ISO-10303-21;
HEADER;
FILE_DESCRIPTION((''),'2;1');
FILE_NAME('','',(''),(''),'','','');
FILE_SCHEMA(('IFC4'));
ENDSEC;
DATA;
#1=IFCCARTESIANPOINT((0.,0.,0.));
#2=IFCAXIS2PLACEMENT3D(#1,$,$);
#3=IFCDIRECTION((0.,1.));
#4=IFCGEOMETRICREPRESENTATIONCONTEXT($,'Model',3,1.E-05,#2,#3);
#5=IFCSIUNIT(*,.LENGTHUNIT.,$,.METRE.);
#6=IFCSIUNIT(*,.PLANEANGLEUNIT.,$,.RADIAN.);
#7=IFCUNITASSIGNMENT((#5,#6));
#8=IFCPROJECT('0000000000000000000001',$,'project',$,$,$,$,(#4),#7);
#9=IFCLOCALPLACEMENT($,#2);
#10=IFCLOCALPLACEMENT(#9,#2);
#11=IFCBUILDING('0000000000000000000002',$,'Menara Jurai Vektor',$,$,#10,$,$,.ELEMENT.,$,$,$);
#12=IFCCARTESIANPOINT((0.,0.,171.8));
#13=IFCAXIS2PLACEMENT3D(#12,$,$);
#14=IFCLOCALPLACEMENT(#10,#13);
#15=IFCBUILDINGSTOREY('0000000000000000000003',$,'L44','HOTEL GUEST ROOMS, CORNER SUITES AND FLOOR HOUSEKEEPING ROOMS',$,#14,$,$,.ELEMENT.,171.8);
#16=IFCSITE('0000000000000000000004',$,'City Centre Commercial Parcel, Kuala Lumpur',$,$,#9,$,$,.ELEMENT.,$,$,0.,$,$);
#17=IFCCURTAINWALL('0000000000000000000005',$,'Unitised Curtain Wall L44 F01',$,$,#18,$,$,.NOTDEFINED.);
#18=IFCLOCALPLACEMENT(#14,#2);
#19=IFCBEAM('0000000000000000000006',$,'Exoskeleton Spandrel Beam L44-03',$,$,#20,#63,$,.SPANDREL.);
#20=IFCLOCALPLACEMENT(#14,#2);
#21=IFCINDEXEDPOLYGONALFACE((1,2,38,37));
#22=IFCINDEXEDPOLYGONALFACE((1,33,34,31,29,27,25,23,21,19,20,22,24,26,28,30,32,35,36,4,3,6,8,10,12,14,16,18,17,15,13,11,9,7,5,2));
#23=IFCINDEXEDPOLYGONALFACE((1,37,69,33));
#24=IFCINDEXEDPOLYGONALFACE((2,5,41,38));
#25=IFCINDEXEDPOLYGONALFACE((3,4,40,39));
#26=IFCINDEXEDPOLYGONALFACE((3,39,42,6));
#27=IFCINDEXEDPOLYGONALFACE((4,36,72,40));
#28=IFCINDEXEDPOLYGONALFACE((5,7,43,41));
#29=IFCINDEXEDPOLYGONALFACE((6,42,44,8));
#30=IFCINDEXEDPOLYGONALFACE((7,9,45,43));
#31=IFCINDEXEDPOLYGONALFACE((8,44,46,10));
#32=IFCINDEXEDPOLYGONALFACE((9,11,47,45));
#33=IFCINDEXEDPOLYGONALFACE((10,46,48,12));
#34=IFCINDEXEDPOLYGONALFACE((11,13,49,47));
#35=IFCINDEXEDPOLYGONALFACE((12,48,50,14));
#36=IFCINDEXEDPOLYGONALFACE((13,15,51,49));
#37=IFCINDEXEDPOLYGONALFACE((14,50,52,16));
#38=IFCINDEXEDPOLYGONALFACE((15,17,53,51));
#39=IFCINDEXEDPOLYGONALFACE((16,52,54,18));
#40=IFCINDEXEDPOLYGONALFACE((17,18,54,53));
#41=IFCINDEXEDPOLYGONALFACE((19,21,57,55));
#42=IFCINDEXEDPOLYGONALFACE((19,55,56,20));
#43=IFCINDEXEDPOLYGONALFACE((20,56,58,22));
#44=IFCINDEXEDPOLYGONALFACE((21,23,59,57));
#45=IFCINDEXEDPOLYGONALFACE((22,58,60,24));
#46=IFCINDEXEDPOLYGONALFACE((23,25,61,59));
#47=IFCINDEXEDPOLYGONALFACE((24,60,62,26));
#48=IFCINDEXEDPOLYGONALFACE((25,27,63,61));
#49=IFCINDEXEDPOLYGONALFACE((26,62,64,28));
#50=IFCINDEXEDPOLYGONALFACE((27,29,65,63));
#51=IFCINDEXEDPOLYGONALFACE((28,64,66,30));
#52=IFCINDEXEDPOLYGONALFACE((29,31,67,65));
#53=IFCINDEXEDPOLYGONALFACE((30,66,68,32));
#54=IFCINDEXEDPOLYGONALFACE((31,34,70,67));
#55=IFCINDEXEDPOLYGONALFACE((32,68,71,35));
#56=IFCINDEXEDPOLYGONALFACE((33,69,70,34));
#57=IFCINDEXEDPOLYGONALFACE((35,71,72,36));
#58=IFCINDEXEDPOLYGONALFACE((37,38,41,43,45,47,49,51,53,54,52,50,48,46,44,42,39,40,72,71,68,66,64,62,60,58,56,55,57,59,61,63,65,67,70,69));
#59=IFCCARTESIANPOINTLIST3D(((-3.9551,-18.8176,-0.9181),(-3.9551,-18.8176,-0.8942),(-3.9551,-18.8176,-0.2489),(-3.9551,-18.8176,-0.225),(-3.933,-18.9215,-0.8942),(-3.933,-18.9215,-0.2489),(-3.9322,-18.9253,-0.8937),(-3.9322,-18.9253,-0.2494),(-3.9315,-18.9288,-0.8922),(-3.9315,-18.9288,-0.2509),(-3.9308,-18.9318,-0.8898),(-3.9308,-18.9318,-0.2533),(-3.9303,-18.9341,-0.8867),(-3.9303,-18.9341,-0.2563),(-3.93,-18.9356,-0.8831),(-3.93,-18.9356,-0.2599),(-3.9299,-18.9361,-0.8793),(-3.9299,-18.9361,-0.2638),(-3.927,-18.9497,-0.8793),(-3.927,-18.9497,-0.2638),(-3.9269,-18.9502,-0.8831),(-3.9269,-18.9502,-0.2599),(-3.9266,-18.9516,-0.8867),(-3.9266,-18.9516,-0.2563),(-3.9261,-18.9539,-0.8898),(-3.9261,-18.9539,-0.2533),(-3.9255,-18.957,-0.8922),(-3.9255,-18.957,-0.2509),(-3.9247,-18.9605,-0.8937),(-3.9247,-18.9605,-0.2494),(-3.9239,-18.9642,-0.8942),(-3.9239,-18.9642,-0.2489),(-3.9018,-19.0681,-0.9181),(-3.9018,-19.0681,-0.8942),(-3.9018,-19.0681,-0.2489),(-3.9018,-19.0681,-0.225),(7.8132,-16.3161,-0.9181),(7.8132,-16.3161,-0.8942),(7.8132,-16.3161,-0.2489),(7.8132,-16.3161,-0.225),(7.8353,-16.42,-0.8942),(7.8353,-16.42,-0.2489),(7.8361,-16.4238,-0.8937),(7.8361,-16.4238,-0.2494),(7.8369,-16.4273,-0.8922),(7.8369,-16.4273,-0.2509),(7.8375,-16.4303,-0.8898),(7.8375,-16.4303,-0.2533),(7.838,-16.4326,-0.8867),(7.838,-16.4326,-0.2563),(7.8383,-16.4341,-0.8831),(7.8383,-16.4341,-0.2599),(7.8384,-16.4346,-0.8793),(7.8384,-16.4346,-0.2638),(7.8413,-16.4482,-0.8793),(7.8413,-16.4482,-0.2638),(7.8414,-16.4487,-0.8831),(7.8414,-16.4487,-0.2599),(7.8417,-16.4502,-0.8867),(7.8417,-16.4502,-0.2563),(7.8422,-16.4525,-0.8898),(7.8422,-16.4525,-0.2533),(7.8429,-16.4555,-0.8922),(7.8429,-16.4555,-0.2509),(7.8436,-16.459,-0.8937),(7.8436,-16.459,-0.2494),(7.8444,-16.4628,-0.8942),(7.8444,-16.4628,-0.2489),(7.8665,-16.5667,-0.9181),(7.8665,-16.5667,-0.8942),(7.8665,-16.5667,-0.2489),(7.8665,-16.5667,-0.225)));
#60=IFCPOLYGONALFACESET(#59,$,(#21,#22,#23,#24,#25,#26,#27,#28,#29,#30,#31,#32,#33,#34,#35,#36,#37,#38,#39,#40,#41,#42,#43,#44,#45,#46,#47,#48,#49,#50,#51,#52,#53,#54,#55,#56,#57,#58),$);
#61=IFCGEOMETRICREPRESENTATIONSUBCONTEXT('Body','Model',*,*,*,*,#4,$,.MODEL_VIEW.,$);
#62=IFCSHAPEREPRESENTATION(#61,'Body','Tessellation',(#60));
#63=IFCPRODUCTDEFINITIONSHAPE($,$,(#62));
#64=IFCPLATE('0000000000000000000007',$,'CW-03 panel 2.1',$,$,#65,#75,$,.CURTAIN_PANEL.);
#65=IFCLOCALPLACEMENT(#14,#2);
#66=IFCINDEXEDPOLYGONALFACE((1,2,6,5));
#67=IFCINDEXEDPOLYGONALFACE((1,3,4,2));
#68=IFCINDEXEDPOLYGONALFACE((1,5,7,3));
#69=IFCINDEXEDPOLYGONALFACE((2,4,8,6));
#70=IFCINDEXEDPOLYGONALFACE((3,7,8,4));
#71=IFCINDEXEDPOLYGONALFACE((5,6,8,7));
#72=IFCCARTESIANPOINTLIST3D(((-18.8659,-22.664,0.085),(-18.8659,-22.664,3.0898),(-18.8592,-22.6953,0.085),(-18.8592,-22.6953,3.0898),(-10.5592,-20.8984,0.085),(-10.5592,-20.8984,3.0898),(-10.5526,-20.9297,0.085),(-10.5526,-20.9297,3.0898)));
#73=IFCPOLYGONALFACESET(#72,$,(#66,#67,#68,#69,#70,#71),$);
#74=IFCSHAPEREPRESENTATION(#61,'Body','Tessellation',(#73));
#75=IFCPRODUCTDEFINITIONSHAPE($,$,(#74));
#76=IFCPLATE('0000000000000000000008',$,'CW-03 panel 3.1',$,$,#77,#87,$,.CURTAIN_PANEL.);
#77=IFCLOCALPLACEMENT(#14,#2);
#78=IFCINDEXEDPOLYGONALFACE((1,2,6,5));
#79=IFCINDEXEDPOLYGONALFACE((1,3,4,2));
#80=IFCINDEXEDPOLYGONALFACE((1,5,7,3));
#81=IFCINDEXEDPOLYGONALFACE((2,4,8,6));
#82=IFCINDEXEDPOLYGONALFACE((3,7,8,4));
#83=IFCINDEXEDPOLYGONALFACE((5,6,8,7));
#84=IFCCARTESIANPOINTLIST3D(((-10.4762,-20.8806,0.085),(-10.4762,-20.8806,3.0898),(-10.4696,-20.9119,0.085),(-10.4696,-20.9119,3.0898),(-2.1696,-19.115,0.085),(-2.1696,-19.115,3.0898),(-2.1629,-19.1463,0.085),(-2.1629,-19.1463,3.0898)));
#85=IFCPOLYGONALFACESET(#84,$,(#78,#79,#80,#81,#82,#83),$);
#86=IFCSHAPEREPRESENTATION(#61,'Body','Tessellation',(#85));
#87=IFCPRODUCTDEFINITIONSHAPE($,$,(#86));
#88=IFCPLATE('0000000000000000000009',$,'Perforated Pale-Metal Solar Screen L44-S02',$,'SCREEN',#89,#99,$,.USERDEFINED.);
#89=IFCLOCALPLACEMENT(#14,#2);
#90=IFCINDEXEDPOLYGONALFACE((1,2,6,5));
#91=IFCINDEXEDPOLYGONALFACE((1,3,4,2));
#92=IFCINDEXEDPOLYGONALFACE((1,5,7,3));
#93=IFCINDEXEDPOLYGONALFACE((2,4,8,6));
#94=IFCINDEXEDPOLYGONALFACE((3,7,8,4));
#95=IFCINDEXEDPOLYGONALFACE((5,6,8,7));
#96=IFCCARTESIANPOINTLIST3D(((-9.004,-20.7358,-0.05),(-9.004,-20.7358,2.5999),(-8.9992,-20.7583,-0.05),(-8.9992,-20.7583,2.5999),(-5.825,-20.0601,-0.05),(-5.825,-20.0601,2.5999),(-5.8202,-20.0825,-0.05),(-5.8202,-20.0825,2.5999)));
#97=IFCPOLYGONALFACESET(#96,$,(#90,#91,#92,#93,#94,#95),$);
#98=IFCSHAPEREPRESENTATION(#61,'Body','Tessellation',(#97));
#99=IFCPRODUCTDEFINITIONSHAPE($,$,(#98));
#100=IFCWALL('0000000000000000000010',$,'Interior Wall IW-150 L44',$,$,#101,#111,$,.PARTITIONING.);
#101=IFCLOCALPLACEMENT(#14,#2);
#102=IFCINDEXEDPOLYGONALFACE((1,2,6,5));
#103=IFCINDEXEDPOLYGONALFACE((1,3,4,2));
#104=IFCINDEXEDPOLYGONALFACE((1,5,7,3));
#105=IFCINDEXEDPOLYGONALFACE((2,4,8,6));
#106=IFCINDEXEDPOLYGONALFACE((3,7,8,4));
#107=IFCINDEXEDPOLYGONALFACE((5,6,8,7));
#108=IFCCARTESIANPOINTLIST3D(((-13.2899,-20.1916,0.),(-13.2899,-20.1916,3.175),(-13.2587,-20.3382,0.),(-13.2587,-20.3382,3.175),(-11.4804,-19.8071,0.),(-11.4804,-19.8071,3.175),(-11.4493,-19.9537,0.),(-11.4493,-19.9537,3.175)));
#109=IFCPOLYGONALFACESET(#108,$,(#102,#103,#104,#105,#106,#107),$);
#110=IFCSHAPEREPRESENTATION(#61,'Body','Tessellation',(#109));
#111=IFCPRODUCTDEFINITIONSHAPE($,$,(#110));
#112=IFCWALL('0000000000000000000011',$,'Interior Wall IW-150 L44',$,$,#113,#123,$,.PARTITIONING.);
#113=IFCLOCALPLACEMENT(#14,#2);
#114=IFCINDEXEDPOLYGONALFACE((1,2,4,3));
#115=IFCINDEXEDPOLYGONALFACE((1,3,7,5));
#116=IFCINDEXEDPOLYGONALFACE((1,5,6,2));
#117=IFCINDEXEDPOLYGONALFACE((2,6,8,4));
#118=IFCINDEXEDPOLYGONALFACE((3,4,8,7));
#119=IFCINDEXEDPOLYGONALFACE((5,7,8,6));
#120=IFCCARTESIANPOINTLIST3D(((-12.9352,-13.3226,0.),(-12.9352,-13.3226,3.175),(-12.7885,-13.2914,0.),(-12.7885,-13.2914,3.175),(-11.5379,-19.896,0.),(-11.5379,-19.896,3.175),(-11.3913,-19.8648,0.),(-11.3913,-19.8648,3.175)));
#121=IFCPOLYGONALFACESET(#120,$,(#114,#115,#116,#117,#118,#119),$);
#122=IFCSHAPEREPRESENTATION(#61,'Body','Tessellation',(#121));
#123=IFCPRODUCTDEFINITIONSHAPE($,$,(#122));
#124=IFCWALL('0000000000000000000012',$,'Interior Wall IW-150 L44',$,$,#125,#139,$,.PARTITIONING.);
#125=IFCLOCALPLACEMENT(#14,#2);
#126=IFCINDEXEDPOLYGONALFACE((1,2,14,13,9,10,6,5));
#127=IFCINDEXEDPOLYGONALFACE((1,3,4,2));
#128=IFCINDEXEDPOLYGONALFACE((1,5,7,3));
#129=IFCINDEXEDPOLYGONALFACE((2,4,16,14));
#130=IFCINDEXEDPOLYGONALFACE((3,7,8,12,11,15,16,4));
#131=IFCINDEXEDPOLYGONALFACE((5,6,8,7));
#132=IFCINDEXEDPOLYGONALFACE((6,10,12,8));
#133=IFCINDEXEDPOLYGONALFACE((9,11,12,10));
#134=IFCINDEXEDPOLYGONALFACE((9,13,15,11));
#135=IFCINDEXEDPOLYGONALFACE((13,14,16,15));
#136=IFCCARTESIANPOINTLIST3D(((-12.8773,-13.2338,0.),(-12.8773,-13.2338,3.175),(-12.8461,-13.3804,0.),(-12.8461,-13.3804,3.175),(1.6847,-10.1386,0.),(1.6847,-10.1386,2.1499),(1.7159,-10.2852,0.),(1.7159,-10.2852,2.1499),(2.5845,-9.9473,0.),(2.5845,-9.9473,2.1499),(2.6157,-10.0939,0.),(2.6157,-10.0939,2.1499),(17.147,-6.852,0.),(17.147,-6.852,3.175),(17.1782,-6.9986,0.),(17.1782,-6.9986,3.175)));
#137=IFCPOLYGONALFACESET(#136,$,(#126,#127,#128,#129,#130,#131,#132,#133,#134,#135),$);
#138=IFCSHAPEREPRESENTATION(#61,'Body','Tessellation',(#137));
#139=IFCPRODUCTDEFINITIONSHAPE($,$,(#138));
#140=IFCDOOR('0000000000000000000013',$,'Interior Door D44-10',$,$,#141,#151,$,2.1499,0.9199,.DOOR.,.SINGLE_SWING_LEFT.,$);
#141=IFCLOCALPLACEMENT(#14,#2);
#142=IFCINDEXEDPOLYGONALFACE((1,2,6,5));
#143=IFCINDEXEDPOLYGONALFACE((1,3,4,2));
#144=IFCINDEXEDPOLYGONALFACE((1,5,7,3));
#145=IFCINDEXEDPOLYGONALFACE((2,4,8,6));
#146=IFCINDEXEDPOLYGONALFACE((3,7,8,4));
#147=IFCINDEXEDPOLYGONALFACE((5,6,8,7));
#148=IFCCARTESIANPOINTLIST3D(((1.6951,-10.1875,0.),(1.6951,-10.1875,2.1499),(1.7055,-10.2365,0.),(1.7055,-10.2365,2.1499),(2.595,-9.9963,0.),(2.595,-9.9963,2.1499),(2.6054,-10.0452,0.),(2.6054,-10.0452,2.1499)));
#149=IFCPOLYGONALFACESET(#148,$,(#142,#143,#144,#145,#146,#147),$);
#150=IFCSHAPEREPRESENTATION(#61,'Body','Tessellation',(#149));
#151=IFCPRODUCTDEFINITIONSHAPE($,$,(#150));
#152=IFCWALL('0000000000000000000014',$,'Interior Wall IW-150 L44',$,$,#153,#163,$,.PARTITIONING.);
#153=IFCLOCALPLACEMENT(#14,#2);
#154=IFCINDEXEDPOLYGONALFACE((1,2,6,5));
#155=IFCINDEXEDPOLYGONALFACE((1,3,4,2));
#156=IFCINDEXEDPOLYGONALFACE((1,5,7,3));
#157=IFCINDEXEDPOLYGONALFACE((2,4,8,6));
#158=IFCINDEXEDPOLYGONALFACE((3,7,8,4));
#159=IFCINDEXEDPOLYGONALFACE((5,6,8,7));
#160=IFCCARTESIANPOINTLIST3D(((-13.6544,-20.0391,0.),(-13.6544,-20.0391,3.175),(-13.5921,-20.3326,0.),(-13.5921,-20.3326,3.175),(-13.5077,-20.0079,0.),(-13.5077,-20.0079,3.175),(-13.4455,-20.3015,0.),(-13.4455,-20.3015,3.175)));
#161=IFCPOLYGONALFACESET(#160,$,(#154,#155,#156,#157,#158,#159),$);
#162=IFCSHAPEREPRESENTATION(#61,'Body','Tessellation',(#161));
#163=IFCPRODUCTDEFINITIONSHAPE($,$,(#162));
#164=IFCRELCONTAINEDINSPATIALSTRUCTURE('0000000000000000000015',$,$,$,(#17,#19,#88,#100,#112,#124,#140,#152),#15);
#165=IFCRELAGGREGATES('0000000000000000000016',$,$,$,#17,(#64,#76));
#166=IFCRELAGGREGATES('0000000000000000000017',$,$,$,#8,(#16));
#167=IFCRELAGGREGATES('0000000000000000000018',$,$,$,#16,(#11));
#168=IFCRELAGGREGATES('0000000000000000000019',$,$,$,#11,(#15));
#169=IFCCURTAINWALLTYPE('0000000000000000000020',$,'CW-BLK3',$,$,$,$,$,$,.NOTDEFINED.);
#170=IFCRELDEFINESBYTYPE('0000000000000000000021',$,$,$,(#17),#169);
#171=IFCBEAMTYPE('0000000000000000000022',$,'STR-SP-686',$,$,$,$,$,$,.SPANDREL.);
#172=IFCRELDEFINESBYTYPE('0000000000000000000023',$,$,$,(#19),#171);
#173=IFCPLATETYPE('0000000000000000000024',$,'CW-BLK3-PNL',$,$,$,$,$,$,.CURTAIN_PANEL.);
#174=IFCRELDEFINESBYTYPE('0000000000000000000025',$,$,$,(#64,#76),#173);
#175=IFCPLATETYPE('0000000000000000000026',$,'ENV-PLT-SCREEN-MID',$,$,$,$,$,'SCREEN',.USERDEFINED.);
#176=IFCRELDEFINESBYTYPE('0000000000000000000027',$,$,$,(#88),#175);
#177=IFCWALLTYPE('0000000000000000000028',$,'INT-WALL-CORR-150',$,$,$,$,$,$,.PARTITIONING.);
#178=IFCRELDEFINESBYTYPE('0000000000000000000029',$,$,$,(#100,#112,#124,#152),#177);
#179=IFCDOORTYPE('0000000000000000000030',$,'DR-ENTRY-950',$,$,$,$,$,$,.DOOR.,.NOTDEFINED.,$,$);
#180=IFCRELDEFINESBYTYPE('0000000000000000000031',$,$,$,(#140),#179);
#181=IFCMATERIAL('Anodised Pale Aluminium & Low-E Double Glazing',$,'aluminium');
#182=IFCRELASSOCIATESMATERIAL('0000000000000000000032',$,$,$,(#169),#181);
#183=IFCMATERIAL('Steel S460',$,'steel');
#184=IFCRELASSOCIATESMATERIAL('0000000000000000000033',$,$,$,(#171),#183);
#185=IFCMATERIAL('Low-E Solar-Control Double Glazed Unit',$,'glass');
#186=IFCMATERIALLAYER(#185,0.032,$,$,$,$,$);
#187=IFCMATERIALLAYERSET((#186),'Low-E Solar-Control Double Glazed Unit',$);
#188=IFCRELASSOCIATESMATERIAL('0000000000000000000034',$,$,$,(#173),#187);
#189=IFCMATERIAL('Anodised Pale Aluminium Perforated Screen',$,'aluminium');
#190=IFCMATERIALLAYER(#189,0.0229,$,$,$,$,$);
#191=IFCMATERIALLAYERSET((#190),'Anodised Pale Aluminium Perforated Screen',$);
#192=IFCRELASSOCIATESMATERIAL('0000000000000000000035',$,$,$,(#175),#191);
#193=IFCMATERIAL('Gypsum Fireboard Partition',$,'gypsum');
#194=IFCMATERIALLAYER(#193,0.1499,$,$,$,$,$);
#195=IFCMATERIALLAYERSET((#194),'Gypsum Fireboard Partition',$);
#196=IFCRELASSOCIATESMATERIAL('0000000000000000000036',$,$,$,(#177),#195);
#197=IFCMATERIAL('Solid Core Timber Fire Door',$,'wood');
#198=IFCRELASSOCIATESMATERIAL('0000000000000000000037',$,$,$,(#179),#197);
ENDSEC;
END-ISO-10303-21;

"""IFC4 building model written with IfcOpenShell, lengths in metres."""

from ifc_helpers import new_model, si_unit, direction, frame, frame_2d, origin, origin_2d, place, context, subcontext, project, spatial, rectangle, i_section, extrude, material, layer, layer_set, material_profile, profile_set, type_object, element, fill, aggregate, save


model = new_model("IFC4")

# Units and contexts
model_context = context("Model", 3, precision=1e-05, world=origin(), true_north=direction((0.0, 1.0)))
body_context = subcontext(model_context, "Body", "Model", "MODEL_VIEW")
ifc_project = project(units=[si_unit("LENGTHUNIT", "METRE"), si_unit("PLANEANGLEUNIT", "RADIAN")], contexts=[model_context])

# Site, building, storey
site_placement = place(None, origin())
site = spatial("IfcSite", under=ifc_project, at=site_placement, Name="City Centre Commercial Parcel, Kuala Lumpur", CompositionType="ELEMENT", RefElevation=0.0)
building_placement = place(site_placement, origin())
building = spatial("IfcBuilding", under=site, at=building_placement, Name="Menara Jurai Vektor", CompositionType="ELEMENT")
storey_placement = place(building_placement, frame((0.0, 0.0, 171.8)))
storey = spatial("IfcBuildingStorey", under=building, at=storey_placement, Name="L44", Description="HOTEL GUEST ROOMS, CORNER SUITES AND FLOOR HOUSEKEEPING ROOMS", CompositionType="ELEMENT", Elevation=171.8)

# Shared definitions
ifc_material_1 = material(Name="Steel S460", Category="steel")

# Curtain wall
ifc_material_2 = material(Name="Anodised Pale Aluminium & Low-E Double Glazing", Category="aluminium")
curtain_wall_type = type_object("IfcCurtainWallType", Name="CW-BLK3", PredefinedType="NOTDEFINED", material=ifc_material_2)
curtain_wall_placement = place(storey_placement, origin())
curtain_wall = element("IfcCurtainWall", 1, at=curtain_wall_placement, inside=storey, type_object=curtain_wall_type, Name="Unitised Curtain Wall L44 F01", PredefinedType="NOTDEFINED")

# Beam
ifc_material_profile_1 = material_profile(ifc_material_1, i_section(OverallWidth=0.2561, OverallDepth=0.6931, WebThickness=0.0139, FlangeThickness=0.0239, FilletRadius=0.0149, at=origin_2d()), Name="UKB 686x254x170")
ifc_profile_set_1 = profile_set([ifc_material_profile_1], Name="Steel S460")
beam_type_1 = type_object("IfcBeamType", Name="STR-SP-686", PredefinedType="SPANDREL", material=ifc_profile_set_1)
beam_1_placement = place(storey_placement, frame((-3.9285, -18.9429, -0.5715), z_axis=(0.978147, 0.207914, 0.0), x_axis=(-0.207914, 0.978147, 0.0)))
element("IfcBeam", 2, at=beam_1_placement, inside=storey, type_object=beam_type_1, Name="Exoskeleton Spandrel Beam L44-03", PredefinedType="SPANDREL", context=body_context, shape_type="SweptSolid", body=[
    extrude(i_section(OverallWidth=0.2561, OverallDepth=0.6931, WebThickness=0.0139, FlangeThickness=0.0239, FilletRadius=0.0149, at=origin_2d()), origin(), (0.0, 0.0, 1.0), 12.0312),
])

# Plates
ifc_material_3 = material(Name="Low-E Solar-Control Double Glazed Unit", Category="glass")
ifc_layer_1 = layer(ifc_material_3, 0.032)
ifc_layer_set_1 = layer_set([ifc_layer_1], Name="Low-E Solar-Control Double Glazed Unit")
plate_type_1 = type_object("IfcPlateType", Name="CW-BLK3-PNL", PredefinedType="CURTAIN_PANEL", material=ifc_layer_set_1)
plate_1_placement = place(storey_placement, frame((-14.7092, -21.7969, 0.085), z_axis=(0.0, 0.0, 1.0), x_axis=(0.978148, 0.207911, 0.0)))
plate_1 = element("IfcPlate", 3, at=plate_1_placement, type_object=plate_type_1, Name="CW-03 panel 2.1", PredefinedType="CURTAIN_PANEL", context=body_context, shape_type="SweptSolid", body=[
    extrude(rectangle(XDim=8.4922, YDim=0.032, at=origin_2d()), origin(), (0.0, 0.0, 1.0), 3.0049),
])
plate_2_placement = place(storey_placement, frame((-6.3196, -20.0134, 0.085), z_axis=(0.0, 0.0, 1.0), x_axis=(0.978148, 0.207911, 0.0)))
plate_2 = element("IfcPlate", 4, at=plate_2_placement, type_object=plate_type_1, Name="CW-03 panel 3.1", PredefinedType="CURTAIN_PANEL", context=body_context, shape_type="SweptSolid", body=[
    extrude(rectangle(XDim=8.4922, YDim=0.032, at=origin_2d()), origin(), (0.0, 0.0, 1.0), 3.0049),
])
aggregate(curtain_wall, [plate_1, plate_2])
ifc_material_4 = material(Name="Anodised Pale Aluminium Perforated Screen", Category="aluminium")
ifc_layer_2 = layer(ifc_material_4, 0.0229)
ifc_layer_set_2 = layer_set([ifc_layer_2], Name="Anodised Pale Aluminium Perforated Screen")
plate_type_2 = type_object("IfcPlateType", Name="ENV-PLT-SCREEN-MID", ElementType="SCREEN", PredefinedType="USERDEFINED", material=ifc_layer_set_2)
plate_3_placement = place(storey_placement, frame((-7.4121, -20.4092, -0.05), z_axis=(0.0, 0.0, 1.0), x_axis=(0.978148, 0.207912, 0.0)))
element("IfcPlate", 5, at=plate_3_placement, inside=storey, type_object=plate_type_2, Name="Perforated Pale-Metal Solar Screen L44-S02", ObjectType="SCREEN", PredefinedType="USERDEFINED", context=body_context, shape_type="SweptSolid", body=[
    extrude(rectangle(XDim=3.25, YDim=0.0229, at=origin_2d()), origin(), (0.0, 0.0, 1.0), 2.6499),
])

# Walls
ifc_material_5 = material(Name="Gypsum Fireboard Partition", Category="gypsum")
ifc_layer_3 = layer(ifc_material_5, 0.1499)
ifc_layer_set_3 = layer_set([ifc_layer_3], Name="Gypsum Fireboard Partition")
wall_type = type_object("IfcWallType", Name="INT-WALL-CORR-150", PredefinedType="PARTITIONING", material=ifc_layer_set_3)
wall_1_placement = place(storey_placement, frame((-13.2742, -20.2649, 0.0), z_axis=(0.0, 0.0, 1.0), x_axis=(0.97816, 0.207852, 0.0)))
element("IfcWall", 6, at=wall_1_placement, inside=storey, type_object=wall_type, Name="Interior Wall IW-150 L44", PredefinedType="PARTITIONING", context=body_context, shape_type="SweptSolid", body=[
    extrude(rectangle(XDim=1.8499, YDim=0.1499, at=frame_2d((0.9248, 0.0))), origin(), (0.0, 0.0, 1.0), 3.175),
])
wall_2_placement = place(storey_placement, frame((-11.4646, -19.8804, 0.0), z_axis=(0.0, 0.0, 1.0), x_axis=(-0.207916, 0.978147, 0.0)))
element("IfcWall", 7, at=wall_2_placement, inside=storey, type_object=wall_type, Name="Interior Wall IW-150 L44", PredefinedType="PARTITIONING", context=body_context, shape_type="SweptSolid", body=[
    extrude(rectangle(XDim=6.7202, YDim=0.1499, at=frame_2d((3.3601, 0.0))), origin(), (0.0, 0.0, 1.0), 3.175),
])

# Wall, opening, door
wall_3_placement = place(storey_placement, frame((-12.8618, -13.3071, 0.0), z_axis=(0.0, 0.0, 1.0), x_axis=(0.978148, 0.20791, 0.0)))
wall_3 = element("IfcWall", 8, at=wall_3_placement, inside=storey, type_object=wall_type, Name="Interior Wall IW-150 L44", PredefinedType="PARTITIONING", context=body_context, shape_type="SweptSolid", body=[
    extrude(rectangle(XDim=30.6951, YDim=0.1499, at=frame_2d((15.3477, 0.0))), origin(), (0.0, 0.0, 1.0), 3.175),
])
opening_1_placement = place(wall_3_placement, frame((14.8875, 0.0, 0.0)))
opening_1 = element("IfcOpeningElement", 9, at=opening_1_placement, cuts=wall_3, PredefinedType="OPENING", context=body_context, shape_type="SweptSolid", body=[
    extrude(rectangle(XDim=0.9199, YDim=2.1499, at=frame_2d((0.46, 1.075))), frame((0.0, 0.085, 0.0), z_axis=(0.0, -1.0, 0.0), x_axis=(1.0, 0.0, 0.0)), (0.0, 0.0, 1.0), 0.1699),
])
ifc_material_6 = material(Name="Solid Core Timber Fire Door", Category="wood")
door_type_1 = type_object("IfcDoorType", Name="DR-ENTRY-950", OperationType="NOTDEFINED", PredefinedType="DOOR", material=ifc_material_6)
door_1_placement = place(opening_1_placement, origin())
door_1 = element("IfcDoor", 10, at=door_1_placement, inside=storey, type_object=door_type_1, Name="Interior Door D44-10", OperationType="SINGLE_SWING_LEFT", OverallHeight=2.1499, OverallWidth=0.9199, PredefinedType="DOOR", context=body_context, shape_type="SweptSolid", body=[
    extrude(rectangle(XDim=0.9199, YDim=2.1499, at=frame_2d((0.46, 1.075))), frame((0.0, 0.0249, 0.0), z_axis=(0.0, -1.0, 0.0), x_axis=(1.0, 0.0, 0.0)), (0.0, 0.0, 1.0), 0.05),
])
fill(opening_1, door_1)

# Wall
wall_4_placement = place(storey_placement, frame((-13.5188, -20.3169, 0.0), z_axis=(0.0, 0.0, 1.0), x_axis=(-0.207528, 0.978229, 0.0)))
element("IfcWall", 11, at=wall_4_placement, inside=storey, type_object=wall_type, Name="Interior Wall IW-150 L44", PredefinedType="PARTITIONING", context=body_context, shape_type="SweptSolid", body=[
    extrude(rectangle(XDim=0.3, YDim=0.1499, at=frame_2d((0.1499, 0.0))), origin(), (0.0, 0.0, 1.0), 3.175),
])

save(model, "model.ifc")
